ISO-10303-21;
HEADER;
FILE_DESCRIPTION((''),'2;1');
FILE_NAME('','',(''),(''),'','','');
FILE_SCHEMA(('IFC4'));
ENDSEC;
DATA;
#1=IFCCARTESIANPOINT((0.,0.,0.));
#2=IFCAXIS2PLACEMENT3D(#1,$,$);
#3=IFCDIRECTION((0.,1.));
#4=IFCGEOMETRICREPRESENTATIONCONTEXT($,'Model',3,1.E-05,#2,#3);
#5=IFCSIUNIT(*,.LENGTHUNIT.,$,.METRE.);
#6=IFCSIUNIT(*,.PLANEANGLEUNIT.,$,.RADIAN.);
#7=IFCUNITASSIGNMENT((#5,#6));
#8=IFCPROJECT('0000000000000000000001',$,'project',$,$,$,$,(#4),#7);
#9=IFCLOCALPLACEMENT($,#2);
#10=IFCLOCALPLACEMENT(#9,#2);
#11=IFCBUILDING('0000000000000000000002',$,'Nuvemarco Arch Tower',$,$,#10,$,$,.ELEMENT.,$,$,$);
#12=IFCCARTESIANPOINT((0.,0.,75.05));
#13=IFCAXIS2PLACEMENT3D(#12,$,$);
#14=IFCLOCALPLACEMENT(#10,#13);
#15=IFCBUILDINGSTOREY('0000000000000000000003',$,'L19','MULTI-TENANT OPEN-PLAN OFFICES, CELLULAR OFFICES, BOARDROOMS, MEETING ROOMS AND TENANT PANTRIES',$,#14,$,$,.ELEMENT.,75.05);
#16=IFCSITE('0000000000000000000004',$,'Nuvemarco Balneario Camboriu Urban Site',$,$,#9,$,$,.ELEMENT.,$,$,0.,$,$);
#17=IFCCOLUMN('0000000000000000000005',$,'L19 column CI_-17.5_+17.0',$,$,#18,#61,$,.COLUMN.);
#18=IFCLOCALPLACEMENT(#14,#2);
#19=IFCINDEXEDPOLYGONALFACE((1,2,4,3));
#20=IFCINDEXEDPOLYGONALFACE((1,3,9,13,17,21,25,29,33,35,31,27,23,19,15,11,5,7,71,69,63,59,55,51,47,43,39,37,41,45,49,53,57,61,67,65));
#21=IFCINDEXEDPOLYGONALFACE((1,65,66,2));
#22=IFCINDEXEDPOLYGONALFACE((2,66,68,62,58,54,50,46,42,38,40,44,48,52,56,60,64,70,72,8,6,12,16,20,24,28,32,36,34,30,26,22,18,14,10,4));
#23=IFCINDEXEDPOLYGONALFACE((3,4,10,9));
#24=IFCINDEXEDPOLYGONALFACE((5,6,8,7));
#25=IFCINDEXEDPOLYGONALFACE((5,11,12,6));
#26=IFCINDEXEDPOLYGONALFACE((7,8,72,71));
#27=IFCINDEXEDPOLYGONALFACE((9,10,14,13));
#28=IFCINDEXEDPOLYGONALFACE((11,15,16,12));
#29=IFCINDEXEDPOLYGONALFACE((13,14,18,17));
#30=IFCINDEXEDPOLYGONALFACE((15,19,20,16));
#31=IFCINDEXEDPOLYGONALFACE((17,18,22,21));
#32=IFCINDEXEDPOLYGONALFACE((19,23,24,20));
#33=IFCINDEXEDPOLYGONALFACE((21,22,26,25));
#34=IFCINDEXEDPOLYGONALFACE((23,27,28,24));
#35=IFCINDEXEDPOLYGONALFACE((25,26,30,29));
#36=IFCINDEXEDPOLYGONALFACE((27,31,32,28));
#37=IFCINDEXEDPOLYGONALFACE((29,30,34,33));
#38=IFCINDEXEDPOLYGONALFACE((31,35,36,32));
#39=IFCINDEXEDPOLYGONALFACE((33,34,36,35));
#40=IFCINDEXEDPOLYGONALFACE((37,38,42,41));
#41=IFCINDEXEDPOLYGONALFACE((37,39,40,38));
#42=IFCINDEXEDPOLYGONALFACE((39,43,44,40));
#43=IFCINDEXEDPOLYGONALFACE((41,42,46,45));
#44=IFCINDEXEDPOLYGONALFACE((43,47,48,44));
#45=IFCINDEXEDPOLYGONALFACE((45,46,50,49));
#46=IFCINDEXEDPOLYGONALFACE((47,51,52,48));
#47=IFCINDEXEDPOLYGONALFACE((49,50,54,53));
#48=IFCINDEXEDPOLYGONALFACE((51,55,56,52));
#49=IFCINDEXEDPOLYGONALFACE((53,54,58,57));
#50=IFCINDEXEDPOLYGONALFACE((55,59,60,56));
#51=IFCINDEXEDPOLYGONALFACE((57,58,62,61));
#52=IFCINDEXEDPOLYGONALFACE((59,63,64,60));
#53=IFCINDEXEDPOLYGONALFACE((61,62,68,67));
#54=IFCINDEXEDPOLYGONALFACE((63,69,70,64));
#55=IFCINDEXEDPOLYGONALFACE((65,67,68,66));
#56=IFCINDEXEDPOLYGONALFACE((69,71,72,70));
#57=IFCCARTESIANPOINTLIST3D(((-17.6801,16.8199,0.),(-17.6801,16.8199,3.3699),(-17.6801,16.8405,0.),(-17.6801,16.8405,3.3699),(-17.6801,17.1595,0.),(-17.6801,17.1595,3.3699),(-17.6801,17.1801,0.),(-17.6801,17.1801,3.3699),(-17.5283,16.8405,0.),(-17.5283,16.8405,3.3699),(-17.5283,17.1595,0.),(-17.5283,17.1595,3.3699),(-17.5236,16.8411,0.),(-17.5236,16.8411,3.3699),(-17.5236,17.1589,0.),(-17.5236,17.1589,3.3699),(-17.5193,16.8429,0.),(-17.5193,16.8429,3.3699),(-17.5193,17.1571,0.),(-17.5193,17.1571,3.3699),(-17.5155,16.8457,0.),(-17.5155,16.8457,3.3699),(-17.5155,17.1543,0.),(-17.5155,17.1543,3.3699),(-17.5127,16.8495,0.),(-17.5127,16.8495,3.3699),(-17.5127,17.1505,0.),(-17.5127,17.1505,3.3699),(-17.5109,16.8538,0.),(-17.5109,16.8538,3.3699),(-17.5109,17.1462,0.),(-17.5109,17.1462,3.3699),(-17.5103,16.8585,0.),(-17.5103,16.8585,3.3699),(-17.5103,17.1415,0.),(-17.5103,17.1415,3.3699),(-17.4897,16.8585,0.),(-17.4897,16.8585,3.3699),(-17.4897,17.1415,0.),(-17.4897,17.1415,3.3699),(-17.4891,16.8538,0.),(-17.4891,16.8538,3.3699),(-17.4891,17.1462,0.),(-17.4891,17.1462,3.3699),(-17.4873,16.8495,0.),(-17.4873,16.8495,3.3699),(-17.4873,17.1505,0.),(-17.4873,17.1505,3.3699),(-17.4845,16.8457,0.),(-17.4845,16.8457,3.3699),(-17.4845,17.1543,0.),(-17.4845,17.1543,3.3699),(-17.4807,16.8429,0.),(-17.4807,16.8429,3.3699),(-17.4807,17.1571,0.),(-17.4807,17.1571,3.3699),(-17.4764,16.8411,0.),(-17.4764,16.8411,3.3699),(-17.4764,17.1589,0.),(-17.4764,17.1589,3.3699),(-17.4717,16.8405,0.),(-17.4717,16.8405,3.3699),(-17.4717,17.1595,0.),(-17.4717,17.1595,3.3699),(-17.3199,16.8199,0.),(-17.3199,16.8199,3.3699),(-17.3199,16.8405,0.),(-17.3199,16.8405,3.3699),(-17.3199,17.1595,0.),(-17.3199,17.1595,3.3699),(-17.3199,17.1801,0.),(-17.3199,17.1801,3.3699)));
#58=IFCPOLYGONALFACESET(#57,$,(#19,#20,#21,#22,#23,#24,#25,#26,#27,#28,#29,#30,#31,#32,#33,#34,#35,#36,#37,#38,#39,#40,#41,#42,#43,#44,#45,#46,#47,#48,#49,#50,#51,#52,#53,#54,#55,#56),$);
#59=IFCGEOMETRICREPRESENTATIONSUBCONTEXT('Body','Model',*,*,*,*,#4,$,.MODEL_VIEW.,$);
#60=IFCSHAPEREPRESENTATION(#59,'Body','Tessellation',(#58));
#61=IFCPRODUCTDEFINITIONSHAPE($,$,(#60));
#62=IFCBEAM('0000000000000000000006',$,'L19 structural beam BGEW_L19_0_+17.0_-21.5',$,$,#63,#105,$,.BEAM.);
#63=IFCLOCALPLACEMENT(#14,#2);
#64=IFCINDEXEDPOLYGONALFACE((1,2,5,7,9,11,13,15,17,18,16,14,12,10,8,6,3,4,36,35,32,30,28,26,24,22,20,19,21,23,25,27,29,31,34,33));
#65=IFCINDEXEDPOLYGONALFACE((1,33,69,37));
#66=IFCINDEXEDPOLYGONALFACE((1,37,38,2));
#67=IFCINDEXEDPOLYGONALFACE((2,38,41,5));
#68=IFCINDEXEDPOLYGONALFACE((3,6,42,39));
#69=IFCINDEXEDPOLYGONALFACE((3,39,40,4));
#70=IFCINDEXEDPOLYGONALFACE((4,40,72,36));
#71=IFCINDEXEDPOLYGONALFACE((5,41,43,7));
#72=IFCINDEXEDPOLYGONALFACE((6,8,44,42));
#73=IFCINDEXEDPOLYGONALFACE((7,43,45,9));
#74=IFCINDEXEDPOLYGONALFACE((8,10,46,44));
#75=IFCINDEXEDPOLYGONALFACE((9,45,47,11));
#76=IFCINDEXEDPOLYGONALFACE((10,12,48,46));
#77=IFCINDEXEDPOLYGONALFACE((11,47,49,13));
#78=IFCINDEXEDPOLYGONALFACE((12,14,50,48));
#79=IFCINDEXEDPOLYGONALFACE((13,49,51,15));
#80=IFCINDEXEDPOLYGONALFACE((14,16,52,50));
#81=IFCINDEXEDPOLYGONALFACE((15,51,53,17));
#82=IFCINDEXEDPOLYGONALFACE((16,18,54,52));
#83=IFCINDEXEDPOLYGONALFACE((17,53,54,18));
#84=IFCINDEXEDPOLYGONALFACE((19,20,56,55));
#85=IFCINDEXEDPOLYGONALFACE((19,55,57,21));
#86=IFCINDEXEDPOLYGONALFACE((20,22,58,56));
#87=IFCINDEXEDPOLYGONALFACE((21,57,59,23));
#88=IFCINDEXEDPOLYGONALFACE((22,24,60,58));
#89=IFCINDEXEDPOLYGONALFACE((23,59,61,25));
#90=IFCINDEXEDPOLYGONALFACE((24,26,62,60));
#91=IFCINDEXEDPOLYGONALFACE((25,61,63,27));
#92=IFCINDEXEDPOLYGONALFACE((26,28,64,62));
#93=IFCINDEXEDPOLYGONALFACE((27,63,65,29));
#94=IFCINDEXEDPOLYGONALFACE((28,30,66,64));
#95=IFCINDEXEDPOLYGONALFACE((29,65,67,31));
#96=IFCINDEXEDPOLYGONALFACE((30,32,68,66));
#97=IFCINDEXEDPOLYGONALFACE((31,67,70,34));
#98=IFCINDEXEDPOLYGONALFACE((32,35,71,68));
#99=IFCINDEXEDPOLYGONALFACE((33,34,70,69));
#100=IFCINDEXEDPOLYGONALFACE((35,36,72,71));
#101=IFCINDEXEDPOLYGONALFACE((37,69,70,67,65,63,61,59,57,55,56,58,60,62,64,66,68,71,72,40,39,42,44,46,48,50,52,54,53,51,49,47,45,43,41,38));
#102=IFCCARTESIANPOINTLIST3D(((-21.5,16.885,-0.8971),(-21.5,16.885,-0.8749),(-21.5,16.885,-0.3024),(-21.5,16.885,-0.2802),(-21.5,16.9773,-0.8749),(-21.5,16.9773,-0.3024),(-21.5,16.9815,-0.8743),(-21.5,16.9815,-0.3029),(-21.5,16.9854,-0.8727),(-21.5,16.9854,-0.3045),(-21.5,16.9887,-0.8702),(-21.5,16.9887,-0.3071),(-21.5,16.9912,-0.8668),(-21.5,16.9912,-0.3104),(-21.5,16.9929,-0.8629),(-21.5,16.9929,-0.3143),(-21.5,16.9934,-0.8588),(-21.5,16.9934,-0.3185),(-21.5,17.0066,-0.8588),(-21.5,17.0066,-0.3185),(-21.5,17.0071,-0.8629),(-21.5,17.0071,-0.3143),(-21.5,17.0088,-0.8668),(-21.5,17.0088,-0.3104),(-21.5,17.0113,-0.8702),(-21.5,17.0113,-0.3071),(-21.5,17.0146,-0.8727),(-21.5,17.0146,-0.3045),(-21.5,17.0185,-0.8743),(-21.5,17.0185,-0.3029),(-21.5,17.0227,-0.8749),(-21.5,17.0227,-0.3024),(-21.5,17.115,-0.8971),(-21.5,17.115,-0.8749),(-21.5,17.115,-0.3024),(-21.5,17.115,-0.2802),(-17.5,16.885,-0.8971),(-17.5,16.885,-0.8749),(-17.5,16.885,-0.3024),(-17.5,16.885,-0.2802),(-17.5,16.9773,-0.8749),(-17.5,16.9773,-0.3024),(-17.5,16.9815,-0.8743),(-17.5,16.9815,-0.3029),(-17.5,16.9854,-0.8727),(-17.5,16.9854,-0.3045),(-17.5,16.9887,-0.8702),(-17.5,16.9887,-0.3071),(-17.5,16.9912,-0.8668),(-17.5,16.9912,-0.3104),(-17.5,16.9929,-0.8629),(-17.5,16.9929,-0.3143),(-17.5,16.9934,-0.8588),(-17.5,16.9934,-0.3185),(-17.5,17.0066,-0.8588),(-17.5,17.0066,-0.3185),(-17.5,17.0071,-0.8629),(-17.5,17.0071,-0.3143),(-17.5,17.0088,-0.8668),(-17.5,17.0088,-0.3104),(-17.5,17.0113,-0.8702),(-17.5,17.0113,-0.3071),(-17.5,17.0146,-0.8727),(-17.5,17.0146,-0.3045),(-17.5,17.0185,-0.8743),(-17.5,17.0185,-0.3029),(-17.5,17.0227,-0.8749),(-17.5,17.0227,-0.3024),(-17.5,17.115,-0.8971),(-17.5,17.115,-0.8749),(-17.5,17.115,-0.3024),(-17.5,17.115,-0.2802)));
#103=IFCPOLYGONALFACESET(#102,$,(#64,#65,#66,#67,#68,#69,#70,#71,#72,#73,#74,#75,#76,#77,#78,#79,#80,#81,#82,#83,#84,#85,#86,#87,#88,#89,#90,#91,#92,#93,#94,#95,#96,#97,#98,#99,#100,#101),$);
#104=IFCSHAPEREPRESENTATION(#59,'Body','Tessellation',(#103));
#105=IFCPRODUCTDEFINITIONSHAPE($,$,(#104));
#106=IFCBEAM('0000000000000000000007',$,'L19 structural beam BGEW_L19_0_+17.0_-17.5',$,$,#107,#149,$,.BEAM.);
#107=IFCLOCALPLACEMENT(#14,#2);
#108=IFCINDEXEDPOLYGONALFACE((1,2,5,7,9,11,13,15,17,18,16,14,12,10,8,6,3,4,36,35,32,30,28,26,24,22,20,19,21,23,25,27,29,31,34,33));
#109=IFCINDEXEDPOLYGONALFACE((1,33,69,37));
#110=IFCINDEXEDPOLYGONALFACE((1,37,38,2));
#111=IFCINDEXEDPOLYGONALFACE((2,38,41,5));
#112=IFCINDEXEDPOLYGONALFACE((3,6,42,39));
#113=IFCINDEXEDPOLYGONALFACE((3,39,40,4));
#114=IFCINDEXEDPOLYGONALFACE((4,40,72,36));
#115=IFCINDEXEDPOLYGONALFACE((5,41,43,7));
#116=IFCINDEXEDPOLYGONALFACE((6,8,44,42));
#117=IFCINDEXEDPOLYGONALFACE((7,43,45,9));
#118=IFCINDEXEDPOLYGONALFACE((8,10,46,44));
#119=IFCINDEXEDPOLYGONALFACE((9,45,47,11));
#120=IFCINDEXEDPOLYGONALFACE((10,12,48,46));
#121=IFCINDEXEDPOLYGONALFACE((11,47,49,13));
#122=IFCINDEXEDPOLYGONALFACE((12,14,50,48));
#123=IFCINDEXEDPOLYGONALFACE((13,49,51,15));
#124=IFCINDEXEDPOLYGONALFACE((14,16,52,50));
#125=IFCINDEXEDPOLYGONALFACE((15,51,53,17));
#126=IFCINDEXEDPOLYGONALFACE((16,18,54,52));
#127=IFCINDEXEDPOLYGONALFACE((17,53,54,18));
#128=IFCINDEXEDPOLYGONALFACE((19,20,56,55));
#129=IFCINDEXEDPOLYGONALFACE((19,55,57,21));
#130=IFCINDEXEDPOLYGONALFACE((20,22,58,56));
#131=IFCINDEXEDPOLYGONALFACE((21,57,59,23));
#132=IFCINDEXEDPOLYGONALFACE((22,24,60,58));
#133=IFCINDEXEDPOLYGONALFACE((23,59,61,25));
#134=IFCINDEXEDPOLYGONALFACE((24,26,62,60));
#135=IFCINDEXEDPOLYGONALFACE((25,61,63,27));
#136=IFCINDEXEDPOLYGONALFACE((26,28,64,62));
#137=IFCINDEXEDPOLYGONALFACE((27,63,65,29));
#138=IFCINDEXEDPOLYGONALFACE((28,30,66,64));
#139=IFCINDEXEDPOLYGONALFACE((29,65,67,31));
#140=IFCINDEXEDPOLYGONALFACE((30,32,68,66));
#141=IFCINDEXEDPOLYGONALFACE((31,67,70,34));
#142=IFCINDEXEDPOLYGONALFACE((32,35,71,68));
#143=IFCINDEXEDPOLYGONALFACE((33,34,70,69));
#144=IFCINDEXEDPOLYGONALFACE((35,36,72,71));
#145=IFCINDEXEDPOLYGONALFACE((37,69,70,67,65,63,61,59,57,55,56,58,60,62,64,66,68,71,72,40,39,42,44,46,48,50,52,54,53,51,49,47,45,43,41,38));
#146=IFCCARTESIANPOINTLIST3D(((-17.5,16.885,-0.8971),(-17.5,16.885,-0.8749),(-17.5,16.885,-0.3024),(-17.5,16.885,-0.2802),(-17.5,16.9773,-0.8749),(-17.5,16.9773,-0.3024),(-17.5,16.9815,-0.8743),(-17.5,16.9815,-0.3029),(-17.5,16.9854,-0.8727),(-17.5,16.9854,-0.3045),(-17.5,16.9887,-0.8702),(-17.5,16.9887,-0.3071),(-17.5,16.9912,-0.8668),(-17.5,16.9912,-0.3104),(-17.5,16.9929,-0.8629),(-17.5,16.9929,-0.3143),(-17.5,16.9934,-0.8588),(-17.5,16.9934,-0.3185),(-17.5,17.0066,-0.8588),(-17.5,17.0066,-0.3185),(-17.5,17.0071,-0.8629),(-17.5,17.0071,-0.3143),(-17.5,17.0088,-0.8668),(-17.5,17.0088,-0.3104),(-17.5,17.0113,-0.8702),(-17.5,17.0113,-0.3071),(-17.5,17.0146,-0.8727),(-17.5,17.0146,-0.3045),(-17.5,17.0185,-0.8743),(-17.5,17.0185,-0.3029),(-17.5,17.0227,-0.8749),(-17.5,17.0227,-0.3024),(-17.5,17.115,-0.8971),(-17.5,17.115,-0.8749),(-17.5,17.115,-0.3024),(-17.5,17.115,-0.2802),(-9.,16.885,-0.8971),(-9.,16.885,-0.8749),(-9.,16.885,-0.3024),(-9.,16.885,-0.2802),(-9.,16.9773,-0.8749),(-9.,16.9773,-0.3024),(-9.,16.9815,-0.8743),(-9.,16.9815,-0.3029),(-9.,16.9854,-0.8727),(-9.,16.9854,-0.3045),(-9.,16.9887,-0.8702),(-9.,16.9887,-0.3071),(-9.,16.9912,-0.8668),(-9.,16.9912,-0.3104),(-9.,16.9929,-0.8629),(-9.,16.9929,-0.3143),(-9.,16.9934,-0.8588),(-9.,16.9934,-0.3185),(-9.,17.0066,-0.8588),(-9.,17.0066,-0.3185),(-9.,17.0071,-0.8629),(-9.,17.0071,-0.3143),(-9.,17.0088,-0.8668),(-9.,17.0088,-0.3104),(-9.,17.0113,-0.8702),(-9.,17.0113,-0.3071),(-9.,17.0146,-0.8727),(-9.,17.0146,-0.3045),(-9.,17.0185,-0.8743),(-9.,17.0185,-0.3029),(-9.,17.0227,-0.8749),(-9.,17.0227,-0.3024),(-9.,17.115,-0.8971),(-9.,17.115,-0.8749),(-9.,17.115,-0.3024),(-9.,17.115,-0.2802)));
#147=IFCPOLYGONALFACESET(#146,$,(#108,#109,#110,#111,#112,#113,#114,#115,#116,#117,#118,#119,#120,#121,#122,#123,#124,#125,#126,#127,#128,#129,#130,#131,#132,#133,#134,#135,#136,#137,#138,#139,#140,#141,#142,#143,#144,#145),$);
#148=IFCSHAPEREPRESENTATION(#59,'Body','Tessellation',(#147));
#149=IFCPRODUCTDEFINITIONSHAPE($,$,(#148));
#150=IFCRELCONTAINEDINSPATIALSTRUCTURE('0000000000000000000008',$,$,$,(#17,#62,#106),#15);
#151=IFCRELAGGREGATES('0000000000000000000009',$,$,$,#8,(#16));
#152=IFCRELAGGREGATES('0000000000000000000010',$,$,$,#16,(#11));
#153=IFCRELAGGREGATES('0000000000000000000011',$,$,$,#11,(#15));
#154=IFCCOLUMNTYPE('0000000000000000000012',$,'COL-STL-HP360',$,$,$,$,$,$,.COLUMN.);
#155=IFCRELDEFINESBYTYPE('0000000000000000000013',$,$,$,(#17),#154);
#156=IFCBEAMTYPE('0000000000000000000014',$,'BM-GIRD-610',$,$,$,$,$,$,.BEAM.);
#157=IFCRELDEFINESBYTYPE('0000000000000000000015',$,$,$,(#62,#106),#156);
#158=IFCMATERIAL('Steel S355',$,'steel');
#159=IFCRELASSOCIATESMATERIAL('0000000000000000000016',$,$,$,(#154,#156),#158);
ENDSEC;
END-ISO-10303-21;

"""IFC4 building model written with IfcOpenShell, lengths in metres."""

from ifc_helpers import new_model, si_unit, direction, frame, origin, origin_2d, place, context, subcontext, project, spatial, i_section, extrude, material, material_profile, profile_set, type_object, element, save


model = new_model("IFC4")

# Units and contexts
model_context = context("Model", 3, precision=1e-05, world=origin(), true_north=direction((0.0, 1.0)))
body_context = subcontext(model_context, "Body", "Model", "MODEL_VIEW")
ifc_project = project(units=[si_unit("LENGTHUNIT", "METRE"), si_unit("PLANEANGLEUNIT", "RADIAN")], contexts=[model_context])

# Site, building, storey
site_placement = place(None, origin())
site = spatial("IfcSite", under=ifc_project, at=site_placement, Name="Nuvemarco Balneario Camboriu Urban Site", CompositionType="ELEMENT", RefElevation=0.0)
building_placement = place(site_placement, origin())
building = spatial("IfcBuilding", under=site, at=building_placement, Name="Nuvemarco Arch Tower", CompositionType="ELEMENT")
storey_placement = place(building_placement, frame((0.0, 0.0, 75.05)))
storey = spatial("IfcBuildingStorey", under=building, at=storey_placement, Name="L19", Description="MULTI-TENANT OPEN-PLAN OFFICES, CELLULAR OFFICES, BOARDROOMS, MEETING ROOMS AND TENANT PANTRIES", CompositionType="ELEMENT", Elevation=75.05)

# Column
ifc_material_1 = material(Name="Steel S355", Category="steel")
ifc_material_profile_1 = material_profile(ifc_material_1, i_section(OverallWidth=0.3601, OverallDepth=0.3601, WebThickness=0.0205, FlangeThickness=0.0205, FilletRadius=0.0181, at=origin_2d()), Name="HP360x174")
ifc_profile_set_1 = profile_set([ifc_material_profile_1], Name="Steel S355")
column_type = type_object("IfcColumnType", Name="COL-STL-HP360", PredefinedType="COLUMN", material=ifc_profile_set_1)
column_placement = place(storey_placement, frame((-17.5, 17.0, 0.0), z_axis=(0.0, 0.0, 1.0), x_axis=(1.0, 0.0, 0.0)))
element("IfcColumn", 1, at=column_placement, inside=storey, type_object=column_type, Name="L19 column CI_-17.5_+17.0", PredefinedType="COLUMN", context=body_context, shape_type="SweptSolid", body=[
    extrude(i_section(OverallWidth=0.3601, OverallDepth=0.3601, WebThickness=0.0205, FlangeThickness=0.0205, FilletRadius=0.0181, at=origin_2d()), origin(), (0.0, 0.0, 1.0), 3.3699),
])

# Beams
ifc_material_profile_2 = material_profile(ifc_material_1, i_section(OverallWidth=0.23, OverallDepth=0.6169, WebThickness=0.0132, FlangeThickness=0.0222, FilletRadius=0.0161, at=origin_2d()), Name="W610x140")
ifc_profile_set_2 = profile_set([ifc_material_profile_2], Name="Steel S355")
beam_type = type_object("IfcBeamType", Name="BM-GIRD-610", PredefinedType="BEAM", material=ifc_profile_set_2)
beam_1_placement = place(storey_placement, frame((-21.5, 17.0, -0.5886), z_axis=(1.0, 0.0, 0.0), x_axis=(0.0, 1.0, 0.0)))
element("IfcBeam", 2, at=beam_1_placement, inside=storey, type_object=beam_type, Name="L19 structural beam BGEW_L19_0_+17.0_-21.5", PredefinedType="BEAM", context=body_context, shape_type="SweptSolid", body=[
    extrude(i_section(OverallWidth=0.23, OverallDepth=0.6169, WebThickness=0.0132, FlangeThickness=0.0222, FilletRadius=0.0161, at=origin_2d()), origin(), (0.0, 0.0, 1.0), 4.0),
])
beam_2_placement = place(storey_placement, frame((-17.5, 17.0, -0.5886), z_axis=(1.0, 0.0, 0.0), x_axis=(0.0, 1.0, 0.0)))
element("IfcBeam", 3, at=beam_2_placement, inside=storey, type_object=beam_type, Name="L19 structural beam BGEW_L19_0_+17.0_-17.5", PredefinedType="BEAM", context=body_context, shape_type="SweptSolid", body=[
    extrude(i_section(OverallWidth=0.23, OverallDepth=0.6169, WebThickness=0.0132, FlangeThickness=0.0222, FilletRadius=0.0161, at=origin_2d()), origin(), (0.0, 0.0, 1.0), 8.5),
])

save(model, "model.ifc")
